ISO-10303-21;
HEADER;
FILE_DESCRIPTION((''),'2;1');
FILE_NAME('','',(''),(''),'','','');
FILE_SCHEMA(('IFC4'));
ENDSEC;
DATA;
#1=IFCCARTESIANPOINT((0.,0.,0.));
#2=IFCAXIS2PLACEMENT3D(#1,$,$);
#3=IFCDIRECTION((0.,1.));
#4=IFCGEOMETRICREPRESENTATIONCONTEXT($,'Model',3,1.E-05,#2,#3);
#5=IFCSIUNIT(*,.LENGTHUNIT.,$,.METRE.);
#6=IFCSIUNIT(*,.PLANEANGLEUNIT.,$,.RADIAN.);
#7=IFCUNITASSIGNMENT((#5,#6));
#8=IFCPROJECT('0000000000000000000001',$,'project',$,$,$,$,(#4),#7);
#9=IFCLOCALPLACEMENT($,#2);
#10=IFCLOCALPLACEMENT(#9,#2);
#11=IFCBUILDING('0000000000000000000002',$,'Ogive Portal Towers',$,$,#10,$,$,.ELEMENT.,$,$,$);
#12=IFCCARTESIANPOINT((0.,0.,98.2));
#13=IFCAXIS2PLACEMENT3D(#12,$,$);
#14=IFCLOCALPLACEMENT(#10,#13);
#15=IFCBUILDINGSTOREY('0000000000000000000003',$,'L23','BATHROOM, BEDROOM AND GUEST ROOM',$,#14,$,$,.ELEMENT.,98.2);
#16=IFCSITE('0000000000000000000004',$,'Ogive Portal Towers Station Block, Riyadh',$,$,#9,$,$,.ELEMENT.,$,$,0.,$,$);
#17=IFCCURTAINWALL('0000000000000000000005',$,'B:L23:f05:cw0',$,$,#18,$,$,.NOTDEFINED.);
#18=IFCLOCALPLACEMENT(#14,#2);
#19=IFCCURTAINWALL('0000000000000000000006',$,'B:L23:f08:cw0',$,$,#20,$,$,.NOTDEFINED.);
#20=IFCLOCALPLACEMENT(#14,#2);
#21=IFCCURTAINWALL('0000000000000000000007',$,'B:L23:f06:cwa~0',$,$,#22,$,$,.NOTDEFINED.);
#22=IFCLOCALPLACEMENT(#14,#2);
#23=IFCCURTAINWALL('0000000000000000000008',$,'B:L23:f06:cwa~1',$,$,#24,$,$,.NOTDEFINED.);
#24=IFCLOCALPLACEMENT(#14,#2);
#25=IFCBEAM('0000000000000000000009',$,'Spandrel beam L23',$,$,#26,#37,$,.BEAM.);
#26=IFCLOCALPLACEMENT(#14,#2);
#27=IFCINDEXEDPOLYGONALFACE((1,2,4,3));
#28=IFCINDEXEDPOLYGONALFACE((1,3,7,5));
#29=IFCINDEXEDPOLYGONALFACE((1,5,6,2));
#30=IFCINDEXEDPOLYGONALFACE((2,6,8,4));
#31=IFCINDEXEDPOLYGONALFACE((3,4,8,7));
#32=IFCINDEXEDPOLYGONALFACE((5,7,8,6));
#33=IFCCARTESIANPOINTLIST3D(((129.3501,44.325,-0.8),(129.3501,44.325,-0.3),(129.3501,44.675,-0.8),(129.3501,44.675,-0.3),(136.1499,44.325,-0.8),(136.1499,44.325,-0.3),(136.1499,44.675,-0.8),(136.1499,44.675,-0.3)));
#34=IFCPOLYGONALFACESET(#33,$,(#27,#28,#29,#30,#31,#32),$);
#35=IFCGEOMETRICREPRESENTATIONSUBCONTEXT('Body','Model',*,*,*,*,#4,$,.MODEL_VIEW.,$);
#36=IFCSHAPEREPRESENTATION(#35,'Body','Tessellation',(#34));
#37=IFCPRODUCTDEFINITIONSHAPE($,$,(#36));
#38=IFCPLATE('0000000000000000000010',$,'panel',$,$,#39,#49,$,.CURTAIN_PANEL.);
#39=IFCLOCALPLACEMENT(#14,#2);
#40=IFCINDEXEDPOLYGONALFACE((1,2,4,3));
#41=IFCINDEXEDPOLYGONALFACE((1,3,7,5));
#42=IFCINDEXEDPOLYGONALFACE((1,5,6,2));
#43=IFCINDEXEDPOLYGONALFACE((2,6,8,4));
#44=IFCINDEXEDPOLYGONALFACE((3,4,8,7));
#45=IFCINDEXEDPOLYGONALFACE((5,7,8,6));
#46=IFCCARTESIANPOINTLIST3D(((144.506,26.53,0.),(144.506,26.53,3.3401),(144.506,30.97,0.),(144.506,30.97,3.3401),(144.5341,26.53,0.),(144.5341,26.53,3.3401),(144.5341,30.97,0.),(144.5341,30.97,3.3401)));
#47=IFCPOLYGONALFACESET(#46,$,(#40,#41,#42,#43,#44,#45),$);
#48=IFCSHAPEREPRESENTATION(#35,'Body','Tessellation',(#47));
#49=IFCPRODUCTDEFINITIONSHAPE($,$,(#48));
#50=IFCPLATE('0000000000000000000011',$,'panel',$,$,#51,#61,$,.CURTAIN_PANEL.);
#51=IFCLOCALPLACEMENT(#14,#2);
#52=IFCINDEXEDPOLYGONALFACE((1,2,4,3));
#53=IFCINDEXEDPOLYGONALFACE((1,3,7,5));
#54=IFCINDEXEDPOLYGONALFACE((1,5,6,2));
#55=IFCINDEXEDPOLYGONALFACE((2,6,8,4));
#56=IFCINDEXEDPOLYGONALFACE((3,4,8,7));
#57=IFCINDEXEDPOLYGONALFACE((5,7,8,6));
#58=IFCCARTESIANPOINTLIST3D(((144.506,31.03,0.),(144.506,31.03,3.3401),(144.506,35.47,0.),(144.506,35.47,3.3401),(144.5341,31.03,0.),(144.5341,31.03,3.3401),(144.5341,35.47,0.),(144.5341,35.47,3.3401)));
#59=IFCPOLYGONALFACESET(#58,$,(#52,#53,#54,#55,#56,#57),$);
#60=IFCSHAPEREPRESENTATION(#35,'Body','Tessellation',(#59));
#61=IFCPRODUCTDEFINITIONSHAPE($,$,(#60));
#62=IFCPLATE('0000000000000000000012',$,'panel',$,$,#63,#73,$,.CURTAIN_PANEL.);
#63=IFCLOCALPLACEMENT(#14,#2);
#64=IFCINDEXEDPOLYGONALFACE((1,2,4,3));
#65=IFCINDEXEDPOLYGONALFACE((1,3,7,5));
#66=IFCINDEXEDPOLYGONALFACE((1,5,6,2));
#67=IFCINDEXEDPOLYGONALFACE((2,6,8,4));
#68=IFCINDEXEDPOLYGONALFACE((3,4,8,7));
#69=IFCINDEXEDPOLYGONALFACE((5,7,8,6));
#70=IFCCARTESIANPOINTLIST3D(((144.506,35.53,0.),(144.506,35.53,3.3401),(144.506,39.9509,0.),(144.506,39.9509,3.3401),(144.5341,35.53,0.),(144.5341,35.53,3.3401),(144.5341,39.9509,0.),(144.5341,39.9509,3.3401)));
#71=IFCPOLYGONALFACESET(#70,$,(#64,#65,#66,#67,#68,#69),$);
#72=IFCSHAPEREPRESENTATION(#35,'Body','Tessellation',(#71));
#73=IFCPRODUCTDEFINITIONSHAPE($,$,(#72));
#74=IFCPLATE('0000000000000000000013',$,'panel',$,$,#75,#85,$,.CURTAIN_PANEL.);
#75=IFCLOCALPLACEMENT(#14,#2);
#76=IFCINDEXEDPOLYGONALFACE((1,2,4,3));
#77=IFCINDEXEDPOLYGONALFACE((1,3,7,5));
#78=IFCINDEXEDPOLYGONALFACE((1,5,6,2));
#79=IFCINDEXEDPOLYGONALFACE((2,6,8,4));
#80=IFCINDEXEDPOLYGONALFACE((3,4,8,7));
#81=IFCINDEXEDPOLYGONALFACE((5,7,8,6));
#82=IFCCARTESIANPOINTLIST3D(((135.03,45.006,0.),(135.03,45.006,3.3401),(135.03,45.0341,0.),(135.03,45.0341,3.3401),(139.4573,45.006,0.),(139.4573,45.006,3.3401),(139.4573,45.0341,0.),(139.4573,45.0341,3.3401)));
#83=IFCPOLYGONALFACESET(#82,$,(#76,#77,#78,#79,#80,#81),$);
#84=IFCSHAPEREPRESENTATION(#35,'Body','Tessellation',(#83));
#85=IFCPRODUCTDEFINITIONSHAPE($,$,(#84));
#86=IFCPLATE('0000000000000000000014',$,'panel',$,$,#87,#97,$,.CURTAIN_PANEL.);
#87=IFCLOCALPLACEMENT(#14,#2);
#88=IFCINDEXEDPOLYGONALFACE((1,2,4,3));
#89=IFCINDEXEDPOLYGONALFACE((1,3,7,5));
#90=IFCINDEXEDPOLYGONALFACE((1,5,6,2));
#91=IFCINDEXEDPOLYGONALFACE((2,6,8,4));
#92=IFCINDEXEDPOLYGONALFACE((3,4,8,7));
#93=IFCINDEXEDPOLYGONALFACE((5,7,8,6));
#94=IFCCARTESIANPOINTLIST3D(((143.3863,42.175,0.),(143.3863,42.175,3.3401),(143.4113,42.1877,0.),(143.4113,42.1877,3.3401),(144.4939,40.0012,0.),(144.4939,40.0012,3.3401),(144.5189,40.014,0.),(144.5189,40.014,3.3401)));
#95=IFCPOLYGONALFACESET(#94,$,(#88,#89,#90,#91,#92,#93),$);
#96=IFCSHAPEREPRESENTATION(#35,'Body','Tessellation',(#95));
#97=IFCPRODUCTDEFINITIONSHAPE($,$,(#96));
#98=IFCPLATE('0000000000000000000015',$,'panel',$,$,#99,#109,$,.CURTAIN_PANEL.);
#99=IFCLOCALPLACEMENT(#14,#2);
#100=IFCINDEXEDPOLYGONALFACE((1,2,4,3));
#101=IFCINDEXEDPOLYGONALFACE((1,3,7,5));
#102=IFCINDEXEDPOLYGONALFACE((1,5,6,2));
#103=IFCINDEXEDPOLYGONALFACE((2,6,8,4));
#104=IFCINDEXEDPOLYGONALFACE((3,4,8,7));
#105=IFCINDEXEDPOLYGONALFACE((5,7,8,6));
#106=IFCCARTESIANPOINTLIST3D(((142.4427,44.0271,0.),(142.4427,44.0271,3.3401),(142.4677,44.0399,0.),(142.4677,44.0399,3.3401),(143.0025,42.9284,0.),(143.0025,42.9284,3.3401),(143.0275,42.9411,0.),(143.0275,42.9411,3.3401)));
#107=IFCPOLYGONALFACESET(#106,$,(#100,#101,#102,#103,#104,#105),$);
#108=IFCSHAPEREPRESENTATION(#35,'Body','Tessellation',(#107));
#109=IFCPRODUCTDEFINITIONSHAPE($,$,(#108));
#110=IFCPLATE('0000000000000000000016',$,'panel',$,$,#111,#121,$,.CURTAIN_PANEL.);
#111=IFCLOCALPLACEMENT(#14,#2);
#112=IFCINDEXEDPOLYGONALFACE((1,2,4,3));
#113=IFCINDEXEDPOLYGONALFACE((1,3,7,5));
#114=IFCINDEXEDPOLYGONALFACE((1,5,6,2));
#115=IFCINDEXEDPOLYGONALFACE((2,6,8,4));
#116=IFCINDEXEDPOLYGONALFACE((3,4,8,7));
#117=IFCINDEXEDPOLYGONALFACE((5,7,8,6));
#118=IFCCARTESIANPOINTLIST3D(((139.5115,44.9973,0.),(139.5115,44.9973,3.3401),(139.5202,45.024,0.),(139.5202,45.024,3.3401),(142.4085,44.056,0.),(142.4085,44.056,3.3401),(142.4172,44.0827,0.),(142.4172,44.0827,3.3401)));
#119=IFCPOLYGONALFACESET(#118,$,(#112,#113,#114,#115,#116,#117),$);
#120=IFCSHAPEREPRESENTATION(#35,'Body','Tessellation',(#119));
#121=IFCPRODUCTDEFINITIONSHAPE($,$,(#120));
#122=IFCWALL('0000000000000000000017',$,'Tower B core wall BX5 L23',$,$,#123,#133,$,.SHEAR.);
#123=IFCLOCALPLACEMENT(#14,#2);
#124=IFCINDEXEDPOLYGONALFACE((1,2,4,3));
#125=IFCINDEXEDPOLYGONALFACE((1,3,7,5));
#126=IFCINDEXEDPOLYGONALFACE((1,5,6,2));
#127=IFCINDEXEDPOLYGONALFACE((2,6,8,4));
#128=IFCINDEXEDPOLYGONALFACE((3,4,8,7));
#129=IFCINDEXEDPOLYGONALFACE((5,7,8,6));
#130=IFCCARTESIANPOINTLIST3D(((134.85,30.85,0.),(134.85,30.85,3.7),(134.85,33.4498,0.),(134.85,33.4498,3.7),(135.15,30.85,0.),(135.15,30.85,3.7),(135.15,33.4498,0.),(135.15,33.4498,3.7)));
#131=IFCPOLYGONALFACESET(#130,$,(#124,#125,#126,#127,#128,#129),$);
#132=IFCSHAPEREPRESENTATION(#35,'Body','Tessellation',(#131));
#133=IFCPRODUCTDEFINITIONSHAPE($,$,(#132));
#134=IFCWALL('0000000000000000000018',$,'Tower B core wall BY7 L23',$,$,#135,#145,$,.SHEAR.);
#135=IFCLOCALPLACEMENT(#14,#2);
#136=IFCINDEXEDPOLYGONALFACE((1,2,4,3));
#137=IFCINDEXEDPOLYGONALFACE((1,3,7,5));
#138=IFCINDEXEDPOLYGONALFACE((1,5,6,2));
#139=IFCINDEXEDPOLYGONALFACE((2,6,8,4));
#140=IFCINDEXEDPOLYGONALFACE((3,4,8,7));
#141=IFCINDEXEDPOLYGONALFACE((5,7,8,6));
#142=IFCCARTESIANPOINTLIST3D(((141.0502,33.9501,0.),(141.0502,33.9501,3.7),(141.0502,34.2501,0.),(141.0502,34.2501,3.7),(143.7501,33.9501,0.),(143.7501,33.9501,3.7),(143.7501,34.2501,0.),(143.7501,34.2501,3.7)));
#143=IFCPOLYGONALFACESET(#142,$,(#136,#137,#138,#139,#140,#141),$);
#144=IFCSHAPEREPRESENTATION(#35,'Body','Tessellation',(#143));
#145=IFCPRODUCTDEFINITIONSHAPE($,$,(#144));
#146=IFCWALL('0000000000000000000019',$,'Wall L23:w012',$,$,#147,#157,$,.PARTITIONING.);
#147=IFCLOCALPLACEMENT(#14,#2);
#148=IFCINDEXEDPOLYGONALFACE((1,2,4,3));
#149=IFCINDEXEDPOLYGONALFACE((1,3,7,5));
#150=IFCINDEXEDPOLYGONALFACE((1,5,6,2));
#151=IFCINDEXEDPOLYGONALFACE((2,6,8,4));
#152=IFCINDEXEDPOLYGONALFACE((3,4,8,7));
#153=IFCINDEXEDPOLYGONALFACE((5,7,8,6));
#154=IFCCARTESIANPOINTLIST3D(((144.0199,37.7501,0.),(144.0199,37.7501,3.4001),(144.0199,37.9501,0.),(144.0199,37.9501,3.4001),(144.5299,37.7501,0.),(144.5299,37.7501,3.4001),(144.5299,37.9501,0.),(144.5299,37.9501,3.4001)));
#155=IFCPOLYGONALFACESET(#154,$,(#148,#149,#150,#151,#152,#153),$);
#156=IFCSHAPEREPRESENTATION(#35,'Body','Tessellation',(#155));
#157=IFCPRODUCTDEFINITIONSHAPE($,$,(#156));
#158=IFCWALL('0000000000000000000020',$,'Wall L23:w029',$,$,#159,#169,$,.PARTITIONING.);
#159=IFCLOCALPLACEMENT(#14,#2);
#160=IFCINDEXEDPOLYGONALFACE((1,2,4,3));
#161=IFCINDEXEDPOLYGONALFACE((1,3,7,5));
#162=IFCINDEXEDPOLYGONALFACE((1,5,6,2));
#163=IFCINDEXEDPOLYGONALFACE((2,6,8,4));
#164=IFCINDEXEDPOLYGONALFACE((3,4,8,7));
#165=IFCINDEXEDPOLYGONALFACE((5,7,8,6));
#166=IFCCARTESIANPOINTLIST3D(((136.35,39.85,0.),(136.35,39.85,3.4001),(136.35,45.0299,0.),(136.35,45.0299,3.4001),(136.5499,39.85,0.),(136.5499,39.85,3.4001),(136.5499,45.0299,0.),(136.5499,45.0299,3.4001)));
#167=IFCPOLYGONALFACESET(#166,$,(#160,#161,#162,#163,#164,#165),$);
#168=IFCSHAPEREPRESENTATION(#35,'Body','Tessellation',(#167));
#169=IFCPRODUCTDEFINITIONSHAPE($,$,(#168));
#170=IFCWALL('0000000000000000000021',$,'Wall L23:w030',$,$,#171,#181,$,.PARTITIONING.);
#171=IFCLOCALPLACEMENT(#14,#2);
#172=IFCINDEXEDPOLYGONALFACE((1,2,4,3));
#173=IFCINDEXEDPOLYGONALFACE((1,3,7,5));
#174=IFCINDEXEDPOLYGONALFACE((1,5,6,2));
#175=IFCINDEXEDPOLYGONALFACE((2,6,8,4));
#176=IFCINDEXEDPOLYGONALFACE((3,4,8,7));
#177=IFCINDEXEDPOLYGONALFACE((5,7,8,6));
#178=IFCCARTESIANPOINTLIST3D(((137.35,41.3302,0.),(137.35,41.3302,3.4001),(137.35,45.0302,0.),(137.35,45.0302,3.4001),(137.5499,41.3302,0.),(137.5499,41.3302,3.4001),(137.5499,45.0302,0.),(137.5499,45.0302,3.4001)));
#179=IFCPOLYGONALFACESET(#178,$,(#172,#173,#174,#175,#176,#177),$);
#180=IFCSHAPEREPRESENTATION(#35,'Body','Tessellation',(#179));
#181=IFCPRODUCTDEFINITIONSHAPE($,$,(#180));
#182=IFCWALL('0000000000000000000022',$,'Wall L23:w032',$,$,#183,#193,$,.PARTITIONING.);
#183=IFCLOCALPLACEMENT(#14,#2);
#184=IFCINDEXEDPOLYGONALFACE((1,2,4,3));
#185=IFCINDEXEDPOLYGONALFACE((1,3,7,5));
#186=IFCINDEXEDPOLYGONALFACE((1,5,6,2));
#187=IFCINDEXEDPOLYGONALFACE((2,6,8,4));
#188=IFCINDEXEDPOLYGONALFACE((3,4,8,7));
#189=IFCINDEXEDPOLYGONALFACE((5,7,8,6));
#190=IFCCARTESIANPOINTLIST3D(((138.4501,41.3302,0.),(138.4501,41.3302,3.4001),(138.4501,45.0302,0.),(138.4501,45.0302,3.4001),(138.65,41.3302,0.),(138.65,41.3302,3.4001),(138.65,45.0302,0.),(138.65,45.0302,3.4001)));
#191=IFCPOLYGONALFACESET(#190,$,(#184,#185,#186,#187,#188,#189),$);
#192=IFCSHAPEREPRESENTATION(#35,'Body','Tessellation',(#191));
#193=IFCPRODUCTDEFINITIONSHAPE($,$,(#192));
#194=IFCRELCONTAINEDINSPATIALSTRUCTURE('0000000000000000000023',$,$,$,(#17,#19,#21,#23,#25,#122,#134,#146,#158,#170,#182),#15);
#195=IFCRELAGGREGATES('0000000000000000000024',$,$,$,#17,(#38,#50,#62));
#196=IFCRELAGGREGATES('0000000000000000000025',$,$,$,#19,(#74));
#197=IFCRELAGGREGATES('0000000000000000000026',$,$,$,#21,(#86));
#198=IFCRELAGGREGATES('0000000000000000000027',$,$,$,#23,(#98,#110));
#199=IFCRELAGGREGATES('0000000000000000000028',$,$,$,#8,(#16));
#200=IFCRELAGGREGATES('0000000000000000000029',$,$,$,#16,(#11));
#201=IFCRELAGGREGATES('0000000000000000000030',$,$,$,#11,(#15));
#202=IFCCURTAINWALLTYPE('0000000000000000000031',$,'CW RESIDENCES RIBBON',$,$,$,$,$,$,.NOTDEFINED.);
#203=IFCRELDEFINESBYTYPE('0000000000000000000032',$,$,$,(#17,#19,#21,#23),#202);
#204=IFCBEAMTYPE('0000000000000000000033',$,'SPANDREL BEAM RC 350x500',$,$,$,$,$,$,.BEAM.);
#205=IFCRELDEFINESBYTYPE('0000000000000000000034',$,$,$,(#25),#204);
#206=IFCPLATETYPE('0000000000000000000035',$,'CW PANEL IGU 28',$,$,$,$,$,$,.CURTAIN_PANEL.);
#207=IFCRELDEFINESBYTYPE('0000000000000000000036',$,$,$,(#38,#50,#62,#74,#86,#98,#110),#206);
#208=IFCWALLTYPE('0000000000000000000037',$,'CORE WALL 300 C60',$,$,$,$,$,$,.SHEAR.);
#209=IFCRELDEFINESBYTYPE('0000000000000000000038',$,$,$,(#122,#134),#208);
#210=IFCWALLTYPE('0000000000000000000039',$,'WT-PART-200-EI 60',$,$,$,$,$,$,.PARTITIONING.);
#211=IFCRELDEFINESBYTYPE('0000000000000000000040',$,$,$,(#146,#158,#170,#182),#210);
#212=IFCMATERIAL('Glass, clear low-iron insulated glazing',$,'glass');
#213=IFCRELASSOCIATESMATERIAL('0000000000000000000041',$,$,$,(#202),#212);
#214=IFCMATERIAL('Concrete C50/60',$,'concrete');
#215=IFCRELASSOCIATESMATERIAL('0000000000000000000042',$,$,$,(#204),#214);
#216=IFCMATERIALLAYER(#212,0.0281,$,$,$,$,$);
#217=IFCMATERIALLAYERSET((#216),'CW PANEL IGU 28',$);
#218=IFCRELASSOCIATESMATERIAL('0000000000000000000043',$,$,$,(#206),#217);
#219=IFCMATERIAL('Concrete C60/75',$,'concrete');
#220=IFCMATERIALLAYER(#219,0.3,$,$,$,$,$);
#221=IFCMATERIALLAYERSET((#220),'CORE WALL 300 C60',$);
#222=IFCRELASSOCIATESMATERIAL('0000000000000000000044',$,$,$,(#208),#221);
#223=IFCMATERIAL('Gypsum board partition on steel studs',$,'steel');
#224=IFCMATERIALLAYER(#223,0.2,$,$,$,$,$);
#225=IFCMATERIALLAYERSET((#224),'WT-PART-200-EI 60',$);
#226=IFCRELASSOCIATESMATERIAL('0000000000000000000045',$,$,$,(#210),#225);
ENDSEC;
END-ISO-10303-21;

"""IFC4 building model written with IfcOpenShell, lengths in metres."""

from ifc_helpers import new_model, si_unit, direction, frame, frame_2d, origin, origin_2d, place, context, subcontext, project, spatial, rectangle, extrude, material, layer, layer_set, material_profile, profile_set, type_object, element, aggregate, save


model = new_model("IFC4")

# Units and contexts
model_context = context("Model", 3, precision=1e-05, world=origin(), true_north=direction((0.0, 1.0)))
body_context = subcontext(model_context, "Body", "Model", "MODEL_VIEW")
ifc_project = project(units=[si_unit("LENGTHUNIT", "METRE"), si_unit("PLANEANGLEUNIT", "RADIAN")], contexts=[model_context])

# Site, building, storey
site_placement = place(None, origin())
site = spatial("IfcSite", under=ifc_project, at=site_placement, Name="Ogive Portal Towers Station Block, Riyadh", CompositionType="ELEMENT", RefElevation=0.0)
building_placement = place(site_placement, origin())
building = spatial("IfcBuilding", under=site, at=building_placement, Name="Ogive Portal Towers", CompositionType="ELEMENT")
storey_placement = place(building_placement, frame((0.0, 0.0, 98.2)))
storey = spatial("IfcBuildingStorey", under=building, at=storey_placement, Name="L23", Description="BATHROOM, BEDROOM AND GUEST ROOM", CompositionType="ELEMENT", Elevation=98.2)

# Shared definitions
ifc_material_1 = material(Name="Concrete C50/60", Category="concrete")

# Curtain walls
ifc_material_2 = material(Name="Glass, clear low-iron insulated glazing", Category="glass")
curtain_wall_type = type_object("IfcCurtainWallType", Name="CW RESIDENCES RIBBON", PredefinedType="NOTDEFINED", material=ifc_material_2)
curtain_wall_1_placement = place(storey_placement, origin())
curtain_wall_1 = element("IfcCurtainWall", 1, at=curtain_wall_1_placement, inside=storey, type_object=curtain_wall_type, Name="B:L23:f05:cw0", PredefinedType="NOTDEFINED")
curtain_wall_2_placement = place(storey_placement, origin())
curtain_wall_2 = element("IfcCurtainWall", 2, at=curtain_wall_2_placement, inside=storey, type_object=curtain_wall_type, Name="B:L23:f08:cw0", PredefinedType="NOTDEFINED")

# Curtain wall
curtain_wall_3_placement = place(storey_placement, origin())
curtain_wall_3 = element("IfcCurtainWall", 3, at=curtain_wall_3_placement, inside=storey, type_object=curtain_wall_type, Name="B:L23:f06:cwa~0", PredefinedType="NOTDEFINED")

# Curtain wall
curtain_wall_4_placement = place(storey_placement, origin())
curtain_wall_4 = element("IfcCurtainWall", 4, at=curtain_wall_4_placement, inside=storey, type_object=curtain_wall_type, Name="B:L23:f06:cwa~1", PredefinedType="NOTDEFINED")

# Beam
ifc_material_profile_1 = material_profile(ifc_material_1, rectangle(XDim=0.3501, YDim=0.5, at=origin_2d()), Name="RC 350x500")
ifc_profile_set_1 = profile_set([ifc_material_profile_1], Name="Concrete C50/60")
beam_type = type_object("IfcBeamType", Name="SPANDREL BEAM RC 350x500", PredefinedType="BEAM", material=ifc_profile_set_1)
beam_placement = place(storey_placement, frame((136.1499, 44.5, -0.55), z_axis=(-1.0, 0.0, 0.0), x_axis=(0.0, -1.0, 0.0)))
element("IfcBeam", 5, at=beam_placement, inside=storey, type_object=beam_type, Name="Spandrel beam L23", PredefinedType="BEAM", context=body_context, shape_type="SweptSolid", body=[
    extrude(rectangle(XDim=0.3501, YDim=0.5, at=origin_2d()), origin(), (0.0, 0.0, 1.0), 6.7998),
])

# Plates
ifc_layer_1 = layer(ifc_material_2, 0.0281)
ifc_layer_set_1 = layer_set([ifc_layer_1], Name="CW PANEL IGU 28")
plate_type = type_object("IfcPlateType", Name="CW PANEL IGU 28", PredefinedType="CURTAIN_PANEL", material=ifc_layer_set_1)
plate_1_placement = place(storey_placement, frame((144.52, 28.75, 0.0), z_axis=(0.0, 0.0, 1.0), x_axis=(0.0, 1.0, 0.0)))
plate_1 = element("IfcPlate", 6, at=plate_1_placement, type_object=plate_type, Name="panel", PredefinedType="CURTAIN_PANEL", context=body_context, shape_type="SweptSolid", body=[
    extrude(rectangle(XDim=4.4399, YDim=0.0281, at=origin_2d()), origin(), (0.0, 0.0, 1.0), 3.3401),
])
plate_2_placement = place(storey_placement, frame((144.52, 33.25, 0.0), z_axis=(0.0, 0.0, 1.0), x_axis=(0.0, 1.0, 0.0)))
plate_2 = element("IfcPlate", 7, at=plate_2_placement, type_object=plate_type, Name="panel", PredefinedType="CURTAIN_PANEL", context=body_context, shape_type="SweptSolid", body=[
    extrude(rectangle(XDim=4.4399, YDim=0.0281, at=origin_2d()), origin(), (0.0, 0.0, 1.0), 3.3401),
])
plate_3_placement = place(storey_placement, frame((144.52, 37.7405, 0.0), z_axis=(0.0, 0.0, 1.0), x_axis=(0.0, 1.0, 0.0)))
plate_3 = element("IfcPlate", 8, at=plate_3_placement, type_object=plate_type, Name="panel", PredefinedType="CURTAIN_PANEL", context=body_context, shape_type="SweptSolid", body=[
    extrude(rectangle(XDim=4.4209, YDim=0.0281, at=origin_2d()), origin(), (0.0, 0.0, 1.0), 3.3401),
])
aggregate(curtain_wall_1, [plate_1, plate_2, plate_3])
plate_4_placement = place(storey_placement, frame((137.2437, 45.02, 0.0), z_axis=(0.0, 0.0, 1.0), x_axis=(-1.0, 0.0, 0.0)))
plate_4 = element("IfcPlate", 9, at=plate_4_placement, type_object=plate_type, Name="panel", PredefinedType="CURTAIN_PANEL", context=body_context, shape_type="SweptSolid", body=[
    extrude(rectangle(XDim=4.4272, YDim=0.0281, at=origin_2d()), origin(), (0.0, 0.0, 1.0), 3.3401),
])
aggregate(curtain_wall_2, [plate_4])
plate_5_placement = place(storey_placement, frame((143.9526, 41.0945, 0.0), z_axis=(0.0, 0.0, 1.0), x_axis=(-0.45399, 0.891007, 0.0)))
plate_5 = element("IfcPlate", 10, at=plate_5_placement, type_object=plate_type, Name="panel", PredefinedType="CURTAIN_PANEL", context=body_context, shape_type="SweptSolid", body=[
    extrude(rectangle(XDim=2.4397, YDim=0.0281, at=origin_2d()), origin(), (0.0, 0.0, 1.0), 3.3401),
])
aggregate(curtain_wall_3, [plate_5])
plate_6_placement = place(storey_placement, frame((142.7351, 43.4841, 0.0), z_axis=(0.0, 0.0, 1.0), x_axis=(-0.45399, 0.891007, 0.0)))
plate_6 = element("IfcPlate", 11, at=plate_6_placement, type_object=plate_type, Name="panel", PredefinedType="CURTAIN_PANEL", context=body_context, shape_type="SweptSolid", body=[
    extrude(rectangle(XDim=1.2332, YDim=0.0281, at=origin_2d()), origin(), (0.0, 0.0, 1.0), 3.3401),
])
plate_7_placement = place(storey_placement, frame((140.9644, 44.54, 0.0), z_axis=(0.0, 0.0, 1.0), x_axis=(-0.951057, 0.309017, 0.0)))
plate_7 = element("IfcPlate", 12, at=plate_7_placement, type_object=plate_type, Name="panel", PredefinedType="CURTAIN_PANEL", context=body_context, shape_type="SweptSolid", body=[
    extrude(rectangle(XDim=3.0461, YDim=0.0281, at=origin_2d()), origin(), (0.0, 0.0, 1.0), 3.3401),
])
aggregate(curtain_wall_4, [plate_6, plate_7])

# Walls
ifc_material_3 = material(Name="Concrete C60/75", Category="concrete")
ifc_layer_2 = layer(ifc_material_3, 0.3)
ifc_layer_set_2 = layer_set([ifc_layer_2], Name="CORE WALL 300 C60")
wall_type_1 = type_object("IfcWallType", Name="CORE WALL 300 C60", PredefinedType="SHEAR", material=ifc_layer_set_2)
wall_1_placement = place(storey_placement, frame((135.0, 30.8501, 0.0), z_axis=(0.0, 0.0, 1.0), x_axis=(0.0, 1.0, 0.0)))
element("IfcWall", 13, at=wall_1_placement, inside=storey, type_object=wall_type_1, Name="Tower B core wall BX5 L23", PredefinedType="SHEAR", context=body_context, shape_type="SweptSolid", body=[
    extrude(rectangle(XDim=2.5999, YDim=0.3, at=frame_2d((1.2998, 0.0))), origin(), (0.0, 0.0, 1.0), 3.7),
])
wall_2_placement = place(storey_placement, frame((141.05, 34.1001, 0.0), z_axis=(0.0, 0.0, 1.0), x_axis=(1.0, 0.0, 0.0)))
element("IfcWall", 14, at=wall_2_placement, inside=storey, type_object=wall_type_1, Name="Tower B core wall BY7 L23", PredefinedType="SHEAR", context=body_context, shape_type="SweptSolid", body=[
    extrude(rectangle(XDim=2.7, YDim=0.3, at=frame_2d((1.3501, 0.0))), origin(), (0.0, 0.0, 1.0), 3.7),
])
ifc_material_4 = material(Name="Gypsum board partition on steel studs", Category="steel")
ifc_layer_3 = layer(ifc_material_4, 0.2)
ifc_layer_set_3 = layer_set([ifc_layer_3], Name="WT-PART-200-EI 60")
wall_type_2 = type_object("IfcWallType", Name="WT-PART-200-EI 60", PredefinedType="PARTITIONING", material=ifc_layer_set_3)
wall_3_placement = place(storey_placement, frame((144.02, 37.8501, 0.0), z_axis=(0.0, 0.0, 1.0), x_axis=(1.0, 0.0, 0.0)))
element("IfcWall", 15, at=wall_3_placement, inside=storey, type_object=wall_type_2, Name="Wall L23:w012", PredefinedType="PARTITIONING", context=body_context, shape_type="SweptSolid", body=[
    extrude(rectangle(XDim=0.51, YDim=0.2, at=frame_2d((0.2549, 0.0))), origin(), (0.0, 0.0, 1.0), 3.4001),
])
wall_4_placement = place(storey_placement, frame((136.45, 39.8501, 0.0), z_axis=(0.0, 0.0, 1.0), x_axis=(0.0, 1.0, 0.0)))
element("IfcWall", 16, at=wall_4_placement, inside=storey, type_object=wall_type_2, Name="Wall L23:w029", PredefinedType="PARTITIONING", context=body_context, shape_type="SweptSolid", body=[
    extrude(rectangle(XDim=5.1799, YDim=0.2, at=frame_2d((2.5898, 0.0))), origin(), (0.0, 0.0, 1.0), 3.4001),
])
for number, where, z_axis, x_axis, name in (
    (17, (137.45, 41.3301, 0.0), (0.0, 0.0, 1.0), (0.0, 1.0, 0.0), "Wall L23:w030"),
    (18, (138.55, 41.3301, 0.0), (0.0, 0.0, 1.0), (0.0, 1.0, 0.0), "Wall L23:w032"),
):
    element("IfcWall", number, at=place(storey_placement, frame(where, z_axis=z_axis, x_axis=x_axis)), inside=storey, type_object=wall_type_2, Name=name, PredefinedType="PARTITIONING", context=body_context, shape_type="SweptSolid", body=[
        extrude(rectangle(XDim=3.7, YDim=0.2, at=frame_2d((1.8501, 0.0))), origin(), (0.0, 0.0, 1.0), 3.4001),
    ])

save(model, "model.ifc")
